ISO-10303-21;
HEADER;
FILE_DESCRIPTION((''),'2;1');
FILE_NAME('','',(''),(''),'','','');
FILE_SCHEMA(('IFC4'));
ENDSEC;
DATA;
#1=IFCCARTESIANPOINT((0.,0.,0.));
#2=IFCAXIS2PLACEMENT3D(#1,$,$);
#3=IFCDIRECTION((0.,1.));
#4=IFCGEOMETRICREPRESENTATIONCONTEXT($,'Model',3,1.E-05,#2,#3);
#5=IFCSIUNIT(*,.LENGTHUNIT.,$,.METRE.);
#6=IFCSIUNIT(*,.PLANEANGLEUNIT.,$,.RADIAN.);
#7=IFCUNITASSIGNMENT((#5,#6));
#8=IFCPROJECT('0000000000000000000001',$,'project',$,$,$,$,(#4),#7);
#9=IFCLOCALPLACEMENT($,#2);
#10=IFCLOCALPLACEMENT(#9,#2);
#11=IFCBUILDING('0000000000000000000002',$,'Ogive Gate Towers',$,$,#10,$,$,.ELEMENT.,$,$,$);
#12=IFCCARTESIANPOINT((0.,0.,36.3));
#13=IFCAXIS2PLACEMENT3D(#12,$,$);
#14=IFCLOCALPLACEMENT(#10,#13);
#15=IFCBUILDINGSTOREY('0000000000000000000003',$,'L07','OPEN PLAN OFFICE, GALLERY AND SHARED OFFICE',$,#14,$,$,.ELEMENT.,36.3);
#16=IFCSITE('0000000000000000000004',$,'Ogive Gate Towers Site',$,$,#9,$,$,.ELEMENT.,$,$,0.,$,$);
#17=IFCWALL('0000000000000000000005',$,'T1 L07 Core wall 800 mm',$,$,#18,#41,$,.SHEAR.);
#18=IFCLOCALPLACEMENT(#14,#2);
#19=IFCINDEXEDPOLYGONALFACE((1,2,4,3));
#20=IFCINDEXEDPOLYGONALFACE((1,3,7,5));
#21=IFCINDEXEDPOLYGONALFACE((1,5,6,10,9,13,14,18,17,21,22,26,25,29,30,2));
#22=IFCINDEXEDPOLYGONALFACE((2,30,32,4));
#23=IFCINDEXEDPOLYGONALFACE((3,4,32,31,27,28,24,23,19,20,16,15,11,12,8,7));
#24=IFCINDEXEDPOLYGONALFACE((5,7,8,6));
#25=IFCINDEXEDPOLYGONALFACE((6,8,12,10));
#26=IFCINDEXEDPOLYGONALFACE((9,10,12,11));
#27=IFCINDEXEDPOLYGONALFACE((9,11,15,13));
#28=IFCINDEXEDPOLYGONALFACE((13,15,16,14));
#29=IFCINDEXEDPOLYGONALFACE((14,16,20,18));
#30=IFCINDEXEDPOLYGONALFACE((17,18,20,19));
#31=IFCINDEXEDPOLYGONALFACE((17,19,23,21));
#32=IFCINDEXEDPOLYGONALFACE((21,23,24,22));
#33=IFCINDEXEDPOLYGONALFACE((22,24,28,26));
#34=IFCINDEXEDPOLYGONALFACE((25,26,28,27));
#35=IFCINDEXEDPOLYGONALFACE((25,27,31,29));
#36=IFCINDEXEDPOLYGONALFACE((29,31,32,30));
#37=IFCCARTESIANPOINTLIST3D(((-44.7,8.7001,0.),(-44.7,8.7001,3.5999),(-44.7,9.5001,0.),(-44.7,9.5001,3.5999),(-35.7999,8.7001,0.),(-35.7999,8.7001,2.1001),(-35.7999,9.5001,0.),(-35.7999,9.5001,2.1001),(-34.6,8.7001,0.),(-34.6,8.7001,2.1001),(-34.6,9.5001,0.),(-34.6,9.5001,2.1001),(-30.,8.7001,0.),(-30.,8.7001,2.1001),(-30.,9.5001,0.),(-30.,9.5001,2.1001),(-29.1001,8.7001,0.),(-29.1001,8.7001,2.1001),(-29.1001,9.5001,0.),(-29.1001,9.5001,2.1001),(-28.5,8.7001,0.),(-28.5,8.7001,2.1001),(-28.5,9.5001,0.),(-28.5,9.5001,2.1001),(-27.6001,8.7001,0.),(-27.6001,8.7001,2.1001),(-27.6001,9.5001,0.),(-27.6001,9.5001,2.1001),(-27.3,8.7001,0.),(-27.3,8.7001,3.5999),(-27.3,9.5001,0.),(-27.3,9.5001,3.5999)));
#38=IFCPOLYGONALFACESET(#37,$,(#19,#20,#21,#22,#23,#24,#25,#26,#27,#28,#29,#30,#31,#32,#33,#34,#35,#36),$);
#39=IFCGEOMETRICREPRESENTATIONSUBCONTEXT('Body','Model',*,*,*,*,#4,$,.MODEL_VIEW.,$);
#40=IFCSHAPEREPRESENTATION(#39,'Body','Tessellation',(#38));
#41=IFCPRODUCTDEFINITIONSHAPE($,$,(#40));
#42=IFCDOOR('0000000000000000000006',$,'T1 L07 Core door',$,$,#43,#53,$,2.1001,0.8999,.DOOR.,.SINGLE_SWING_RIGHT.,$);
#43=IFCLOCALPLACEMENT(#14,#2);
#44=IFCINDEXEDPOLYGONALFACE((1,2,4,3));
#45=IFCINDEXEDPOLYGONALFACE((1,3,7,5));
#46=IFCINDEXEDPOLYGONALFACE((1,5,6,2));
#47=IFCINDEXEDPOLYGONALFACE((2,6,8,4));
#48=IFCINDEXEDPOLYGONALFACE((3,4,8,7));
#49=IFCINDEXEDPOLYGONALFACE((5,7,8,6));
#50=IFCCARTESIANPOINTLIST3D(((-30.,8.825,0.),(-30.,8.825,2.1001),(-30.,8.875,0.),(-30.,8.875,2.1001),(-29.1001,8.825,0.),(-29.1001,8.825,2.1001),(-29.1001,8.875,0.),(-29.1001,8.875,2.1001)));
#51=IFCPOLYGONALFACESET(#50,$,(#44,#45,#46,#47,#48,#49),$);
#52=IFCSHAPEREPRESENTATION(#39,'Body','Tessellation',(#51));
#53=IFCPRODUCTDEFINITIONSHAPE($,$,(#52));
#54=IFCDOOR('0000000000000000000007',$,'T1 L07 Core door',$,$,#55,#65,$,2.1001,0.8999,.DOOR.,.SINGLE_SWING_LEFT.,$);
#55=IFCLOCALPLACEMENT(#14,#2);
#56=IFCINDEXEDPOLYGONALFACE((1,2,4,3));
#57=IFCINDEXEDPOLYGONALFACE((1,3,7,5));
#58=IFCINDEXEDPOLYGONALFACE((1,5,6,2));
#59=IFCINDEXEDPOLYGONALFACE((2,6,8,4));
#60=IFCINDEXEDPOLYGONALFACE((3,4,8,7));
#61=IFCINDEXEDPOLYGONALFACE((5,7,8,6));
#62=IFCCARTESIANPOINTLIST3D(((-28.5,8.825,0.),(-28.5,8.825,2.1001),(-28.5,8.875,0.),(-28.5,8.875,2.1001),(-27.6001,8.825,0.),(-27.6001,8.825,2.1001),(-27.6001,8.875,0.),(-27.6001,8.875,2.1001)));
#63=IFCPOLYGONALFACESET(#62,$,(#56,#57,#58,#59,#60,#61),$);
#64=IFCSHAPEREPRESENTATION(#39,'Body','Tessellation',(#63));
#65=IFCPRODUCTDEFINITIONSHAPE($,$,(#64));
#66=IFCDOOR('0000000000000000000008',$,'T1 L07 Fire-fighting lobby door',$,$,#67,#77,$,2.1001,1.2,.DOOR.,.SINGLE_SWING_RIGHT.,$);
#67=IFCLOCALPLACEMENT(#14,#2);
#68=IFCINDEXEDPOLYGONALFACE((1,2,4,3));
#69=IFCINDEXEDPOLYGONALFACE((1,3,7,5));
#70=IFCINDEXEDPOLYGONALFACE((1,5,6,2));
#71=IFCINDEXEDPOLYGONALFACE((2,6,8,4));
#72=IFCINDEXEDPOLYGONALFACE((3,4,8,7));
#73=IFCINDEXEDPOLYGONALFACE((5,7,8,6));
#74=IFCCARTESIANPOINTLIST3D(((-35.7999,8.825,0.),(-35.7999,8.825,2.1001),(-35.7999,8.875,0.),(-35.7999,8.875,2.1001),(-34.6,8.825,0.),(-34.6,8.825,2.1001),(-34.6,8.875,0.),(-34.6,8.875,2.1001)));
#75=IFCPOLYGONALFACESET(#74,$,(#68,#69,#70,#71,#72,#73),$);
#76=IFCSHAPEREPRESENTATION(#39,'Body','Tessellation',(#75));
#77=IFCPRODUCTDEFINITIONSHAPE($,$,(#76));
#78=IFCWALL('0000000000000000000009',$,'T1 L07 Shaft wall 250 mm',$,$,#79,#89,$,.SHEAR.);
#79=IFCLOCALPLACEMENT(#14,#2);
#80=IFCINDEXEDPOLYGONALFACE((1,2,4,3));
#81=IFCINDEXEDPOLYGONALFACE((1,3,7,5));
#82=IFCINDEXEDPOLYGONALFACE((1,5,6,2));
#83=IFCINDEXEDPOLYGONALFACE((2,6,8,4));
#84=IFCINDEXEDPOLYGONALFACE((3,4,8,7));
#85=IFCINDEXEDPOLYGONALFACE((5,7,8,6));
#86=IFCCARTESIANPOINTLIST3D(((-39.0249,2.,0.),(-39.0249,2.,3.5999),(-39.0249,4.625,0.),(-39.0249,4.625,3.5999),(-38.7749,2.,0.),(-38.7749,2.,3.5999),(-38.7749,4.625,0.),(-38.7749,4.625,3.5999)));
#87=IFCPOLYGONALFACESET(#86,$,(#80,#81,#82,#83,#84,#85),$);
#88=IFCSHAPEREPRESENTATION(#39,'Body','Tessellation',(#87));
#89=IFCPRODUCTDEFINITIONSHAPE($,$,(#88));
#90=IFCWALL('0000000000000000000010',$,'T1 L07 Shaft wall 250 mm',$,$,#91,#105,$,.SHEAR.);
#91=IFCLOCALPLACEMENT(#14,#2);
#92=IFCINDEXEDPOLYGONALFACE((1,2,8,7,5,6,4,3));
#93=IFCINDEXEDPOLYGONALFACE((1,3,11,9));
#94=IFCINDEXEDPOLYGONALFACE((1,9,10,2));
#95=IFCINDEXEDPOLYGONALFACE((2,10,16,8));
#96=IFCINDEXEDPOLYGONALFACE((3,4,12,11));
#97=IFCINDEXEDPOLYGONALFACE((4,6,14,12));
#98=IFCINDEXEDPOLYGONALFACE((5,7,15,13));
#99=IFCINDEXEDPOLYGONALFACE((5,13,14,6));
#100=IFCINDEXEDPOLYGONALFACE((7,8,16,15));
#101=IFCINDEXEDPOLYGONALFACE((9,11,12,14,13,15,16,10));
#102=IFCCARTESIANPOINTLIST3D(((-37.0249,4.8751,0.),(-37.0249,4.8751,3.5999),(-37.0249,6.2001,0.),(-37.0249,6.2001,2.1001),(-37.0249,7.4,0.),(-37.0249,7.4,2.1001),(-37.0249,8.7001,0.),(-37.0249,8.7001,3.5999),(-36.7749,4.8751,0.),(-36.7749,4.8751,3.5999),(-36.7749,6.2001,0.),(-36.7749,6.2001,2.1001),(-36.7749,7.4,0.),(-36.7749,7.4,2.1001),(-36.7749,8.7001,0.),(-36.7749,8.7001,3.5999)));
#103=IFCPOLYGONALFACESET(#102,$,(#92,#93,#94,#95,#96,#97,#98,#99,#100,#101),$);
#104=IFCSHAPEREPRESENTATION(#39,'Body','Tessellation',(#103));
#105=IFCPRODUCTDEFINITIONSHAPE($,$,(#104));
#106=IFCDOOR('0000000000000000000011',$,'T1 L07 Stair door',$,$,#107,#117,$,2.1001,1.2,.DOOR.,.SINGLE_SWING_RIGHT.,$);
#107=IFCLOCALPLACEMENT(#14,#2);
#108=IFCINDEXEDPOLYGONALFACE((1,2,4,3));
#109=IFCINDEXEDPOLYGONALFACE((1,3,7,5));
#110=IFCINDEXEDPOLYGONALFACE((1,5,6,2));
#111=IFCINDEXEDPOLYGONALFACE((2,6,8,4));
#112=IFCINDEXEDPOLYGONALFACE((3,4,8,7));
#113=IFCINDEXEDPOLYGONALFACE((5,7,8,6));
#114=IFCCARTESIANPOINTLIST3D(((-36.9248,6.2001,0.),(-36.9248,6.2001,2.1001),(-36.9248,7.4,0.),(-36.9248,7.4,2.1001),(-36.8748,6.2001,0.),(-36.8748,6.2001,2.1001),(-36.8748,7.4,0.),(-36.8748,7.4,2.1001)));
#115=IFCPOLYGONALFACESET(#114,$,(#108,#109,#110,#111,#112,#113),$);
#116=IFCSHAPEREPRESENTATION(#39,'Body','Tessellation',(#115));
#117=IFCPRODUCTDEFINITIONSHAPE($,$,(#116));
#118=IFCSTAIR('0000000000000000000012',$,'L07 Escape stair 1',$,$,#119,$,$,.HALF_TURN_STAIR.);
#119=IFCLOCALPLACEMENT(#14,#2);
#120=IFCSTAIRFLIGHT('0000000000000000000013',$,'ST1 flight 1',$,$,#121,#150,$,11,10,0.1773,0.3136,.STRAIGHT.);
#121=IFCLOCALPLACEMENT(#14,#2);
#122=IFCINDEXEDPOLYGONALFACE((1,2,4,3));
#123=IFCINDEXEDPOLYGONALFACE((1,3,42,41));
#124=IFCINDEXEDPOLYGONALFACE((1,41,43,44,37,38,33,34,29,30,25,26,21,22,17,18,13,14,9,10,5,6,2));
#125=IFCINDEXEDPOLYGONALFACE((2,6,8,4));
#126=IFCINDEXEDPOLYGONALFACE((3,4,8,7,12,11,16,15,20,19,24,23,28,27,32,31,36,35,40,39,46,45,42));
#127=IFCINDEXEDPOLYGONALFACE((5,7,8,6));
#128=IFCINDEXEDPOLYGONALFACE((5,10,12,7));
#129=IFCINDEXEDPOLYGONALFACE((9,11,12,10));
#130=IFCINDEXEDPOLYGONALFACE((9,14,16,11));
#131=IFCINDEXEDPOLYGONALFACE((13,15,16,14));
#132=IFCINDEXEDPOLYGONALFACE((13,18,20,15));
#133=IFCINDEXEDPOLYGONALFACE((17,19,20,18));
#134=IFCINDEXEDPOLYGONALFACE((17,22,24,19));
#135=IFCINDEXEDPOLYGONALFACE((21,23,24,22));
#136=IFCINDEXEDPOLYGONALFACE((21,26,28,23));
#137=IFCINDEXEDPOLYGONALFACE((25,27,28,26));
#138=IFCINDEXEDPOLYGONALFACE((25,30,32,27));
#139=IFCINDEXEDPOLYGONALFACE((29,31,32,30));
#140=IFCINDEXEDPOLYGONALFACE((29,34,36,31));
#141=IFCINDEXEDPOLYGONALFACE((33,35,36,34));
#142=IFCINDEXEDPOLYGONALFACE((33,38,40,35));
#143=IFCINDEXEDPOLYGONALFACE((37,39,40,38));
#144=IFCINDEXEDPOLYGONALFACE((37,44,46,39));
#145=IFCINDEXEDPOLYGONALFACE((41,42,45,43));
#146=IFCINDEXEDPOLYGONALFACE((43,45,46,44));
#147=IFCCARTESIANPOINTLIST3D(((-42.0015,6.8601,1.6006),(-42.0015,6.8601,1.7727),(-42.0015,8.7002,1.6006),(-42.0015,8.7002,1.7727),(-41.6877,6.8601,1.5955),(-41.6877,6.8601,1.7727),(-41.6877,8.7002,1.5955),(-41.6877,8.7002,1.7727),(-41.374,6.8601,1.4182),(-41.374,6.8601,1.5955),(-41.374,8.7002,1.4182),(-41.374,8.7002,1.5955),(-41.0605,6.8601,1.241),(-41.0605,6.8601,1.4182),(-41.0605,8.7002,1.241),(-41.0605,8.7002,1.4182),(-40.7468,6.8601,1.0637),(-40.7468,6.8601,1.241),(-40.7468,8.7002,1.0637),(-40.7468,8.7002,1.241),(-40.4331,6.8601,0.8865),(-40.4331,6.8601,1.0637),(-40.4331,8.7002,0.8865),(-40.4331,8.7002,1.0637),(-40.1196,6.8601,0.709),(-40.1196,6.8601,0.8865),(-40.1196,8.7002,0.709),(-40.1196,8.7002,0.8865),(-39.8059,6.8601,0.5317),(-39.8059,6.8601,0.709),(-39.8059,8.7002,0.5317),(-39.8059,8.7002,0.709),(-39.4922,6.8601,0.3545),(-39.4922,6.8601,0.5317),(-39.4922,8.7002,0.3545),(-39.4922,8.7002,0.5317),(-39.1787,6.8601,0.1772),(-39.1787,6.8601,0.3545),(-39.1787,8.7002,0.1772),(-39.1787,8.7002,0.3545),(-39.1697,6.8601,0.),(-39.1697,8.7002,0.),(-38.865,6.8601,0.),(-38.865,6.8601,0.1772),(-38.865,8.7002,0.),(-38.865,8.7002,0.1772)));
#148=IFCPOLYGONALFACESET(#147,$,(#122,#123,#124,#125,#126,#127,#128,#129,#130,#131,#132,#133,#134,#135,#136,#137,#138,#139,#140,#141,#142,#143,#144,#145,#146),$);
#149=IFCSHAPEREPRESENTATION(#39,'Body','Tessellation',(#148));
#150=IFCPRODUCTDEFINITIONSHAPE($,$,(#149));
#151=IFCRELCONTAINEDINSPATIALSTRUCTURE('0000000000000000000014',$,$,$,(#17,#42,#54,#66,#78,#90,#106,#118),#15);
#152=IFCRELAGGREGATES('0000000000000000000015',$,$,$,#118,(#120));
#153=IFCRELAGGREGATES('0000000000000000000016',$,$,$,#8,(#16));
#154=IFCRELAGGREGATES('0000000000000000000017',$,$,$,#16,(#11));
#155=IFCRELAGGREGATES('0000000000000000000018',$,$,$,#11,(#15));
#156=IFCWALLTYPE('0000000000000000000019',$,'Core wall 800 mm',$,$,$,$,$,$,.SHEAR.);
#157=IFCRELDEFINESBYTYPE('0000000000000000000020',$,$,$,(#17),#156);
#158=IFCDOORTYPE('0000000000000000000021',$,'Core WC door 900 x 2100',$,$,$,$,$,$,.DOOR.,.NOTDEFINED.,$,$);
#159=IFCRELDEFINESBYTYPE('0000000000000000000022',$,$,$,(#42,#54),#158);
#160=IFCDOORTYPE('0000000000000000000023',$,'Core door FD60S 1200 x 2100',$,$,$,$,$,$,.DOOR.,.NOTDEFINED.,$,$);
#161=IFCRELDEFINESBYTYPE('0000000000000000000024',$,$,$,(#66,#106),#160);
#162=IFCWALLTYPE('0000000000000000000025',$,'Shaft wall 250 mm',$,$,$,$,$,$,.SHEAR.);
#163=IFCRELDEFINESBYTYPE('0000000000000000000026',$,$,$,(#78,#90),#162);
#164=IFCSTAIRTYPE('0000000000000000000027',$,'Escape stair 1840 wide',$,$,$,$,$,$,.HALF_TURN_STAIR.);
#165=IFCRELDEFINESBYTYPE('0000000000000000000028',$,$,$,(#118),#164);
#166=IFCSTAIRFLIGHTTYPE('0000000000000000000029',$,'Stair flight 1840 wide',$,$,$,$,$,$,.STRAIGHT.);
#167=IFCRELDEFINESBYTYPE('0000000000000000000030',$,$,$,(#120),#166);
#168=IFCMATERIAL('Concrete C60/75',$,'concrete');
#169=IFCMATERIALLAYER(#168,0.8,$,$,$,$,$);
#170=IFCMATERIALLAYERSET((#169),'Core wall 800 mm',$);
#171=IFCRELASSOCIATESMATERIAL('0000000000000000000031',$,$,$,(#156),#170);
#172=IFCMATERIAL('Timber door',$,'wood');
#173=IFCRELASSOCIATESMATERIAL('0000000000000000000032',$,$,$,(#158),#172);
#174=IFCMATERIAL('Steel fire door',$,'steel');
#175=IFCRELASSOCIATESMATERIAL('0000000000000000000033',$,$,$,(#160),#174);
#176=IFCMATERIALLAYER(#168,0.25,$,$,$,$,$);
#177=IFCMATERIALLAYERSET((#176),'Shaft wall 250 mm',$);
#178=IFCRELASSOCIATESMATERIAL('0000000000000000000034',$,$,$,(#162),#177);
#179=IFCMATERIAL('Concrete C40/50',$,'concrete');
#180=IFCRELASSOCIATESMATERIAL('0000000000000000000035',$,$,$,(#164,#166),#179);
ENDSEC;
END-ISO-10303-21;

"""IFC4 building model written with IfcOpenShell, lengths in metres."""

from ifc_helpers import new_model, si_unit, direction, frame, frame_2d, origin, place, context, subcontext, project, spatial, polyline, rectangle, outline, extrude, material, layer, layer_set, type_object, element, fill, aggregate, save


model = new_model("IFC4")

# Units and contexts
model_context = context("Model", 3, precision=1e-05, world=origin(), true_north=direction((0.0, 1.0)))
body_context = subcontext(model_context, "Body", "Model", "MODEL_VIEW")
ifc_project = project(units=[si_unit("LENGTHUNIT", "METRE"), si_unit("PLANEANGLEUNIT", "RADIAN")], contexts=[model_context])

# Site, building, storey
site_placement = place(None, origin())
site = spatial("IfcSite", under=ifc_project, at=site_placement, Name="Ogive Gate Towers Site", CompositionType="ELEMENT", RefElevation=0.0)
building_placement = place(site_placement, origin())
building = spatial("IfcBuilding", under=site, at=building_placement, Name="Ogive Gate Towers", CompositionType="ELEMENT")
storey_placement = place(building_placement, frame((0.0, 0.0, 36.3)))
storey = spatial("IfcBuildingStorey", under=building, at=storey_placement, Name="L07", Description="OPEN PLAN OFFICE, GALLERY AND SHARED OFFICE", CompositionType="ELEMENT", Elevation=36.3)

# Shared definitions
ifc_material_1 = material(Name="Timber door", Category="wood")

# Wall, openings, doors
ifc_material_2 = material(Name="Concrete C60/75", Category="concrete")
ifc_layer_1 = layer(ifc_material_2, 0.8)
ifc_layer_set_1 = layer_set([ifc_layer_1], Name="Core wall 800 mm")
wall_type_1 = type_object("IfcWallType", Name="Core wall 800 mm", PredefinedType="SHEAR", material=ifc_layer_set_1)
wall_1_placement = place(storey_placement, frame((-44.7, 9.1001, 0.0), z_axis=(0.0, 0.0, 1.0), x_axis=(1.0, 0.0, 0.0)))
wall_1 = element("IfcWall", 1, at=wall_1_placement, inside=storey, type_object=wall_type_1, Name="T1 L07 Core wall 800 mm", PredefinedType="SHEAR", context=body_context, shape_type="SweptSolid", body=[
    extrude(rectangle(XDim=17.3999, YDim=0.8, at=frame_2d((8.7, 0.0))), origin(), (0.0, 0.0, 1.0), 3.5999),
])
opening_1_placement = place(wall_1_placement, frame((8.8999, 0.0, 0.0)))
opening_1 = element("IfcOpeningElement", 2, at=opening_1_placement, cuts=wall_1, PredefinedType="OPENING", context=body_context, shape_type="SweptSolid", body=[
    extrude(rectangle(XDim=1.2, YDim=2.1001, at=frame_2d((0.6001, 1.05))), frame((0.0, 0.4102, 0.0), z_axis=(0.0, -1.0, 0.0), x_axis=(1.0, 0.0, 0.0)), (0.0, 0.0, 1.0), 0.8201),
])
opening_2_placement = place(wall_1_placement, frame((14.7, 0.0, 0.0)))
opening_2 = element("IfcOpeningElement", 3, at=opening_2_placement, cuts=wall_1, PredefinedType="OPENING", context=body_context, shape_type="SweptSolid", body=[
    extrude(rectangle(XDim=0.8999, YDim=2.1001, at=frame_2d((0.45, 1.05))), frame((0.0, 0.4102, 0.0), z_axis=(0.0, -1.0, 0.0), x_axis=(1.0, 0.0, 0.0)), (0.0, 0.0, 1.0), 0.8201),
])
opening_3_placement = place(wall_1_placement, frame((16.2, 0.0, 0.0)))
opening_3 = element("IfcOpeningElement", 4, at=opening_3_placement, cuts=wall_1, PredefinedType="OPENING", context=body_context, shape_type="SweptSolid", body=[
    extrude(rectangle(XDim=0.8999, YDim=2.1001, at=frame_2d((0.45, 1.05))), frame((0.0, 0.4102, 0.0), z_axis=(0.0, -1.0, 0.0), x_axis=(1.0, 0.0, 0.0)), (0.0, 0.0, 1.0), 0.8201),
])
door_type_1 = type_object("IfcDoorType", Name="Core WC door 900 x 2100", OperationType="NOTDEFINED", PredefinedType="DOOR", material=ifc_material_1)
door_1_placement = place(opening_2_placement, origin())
door_1 = element("IfcDoor", 5, at=door_1_placement, inside=storey, type_object=door_type_1, Name="T1 L07 Core door", OperationType="SINGLE_SWING_RIGHT", OverallHeight=2.1001, OverallWidth=0.8999, PredefinedType="DOOR", context=body_context, shape_type="SweptSolid", body=[
    extrude(rectangle(XDim=0.8999, YDim=2.1001, at=frame_2d((0.45, 1.05))), frame((0.0, -0.2251, 0.0), z_axis=(0.0, -1.0, 0.0), x_axis=(1.0, 0.0, 0.0)), (0.0, 0.0, 1.0), 0.05),
])
fill(opening_2, door_1)
door_2_placement = place(opening_3_placement, origin())
door_2 = element("IfcDoor", 6, at=door_2_placement, inside=storey, type_object=door_type_1, Name="T1 L07 Core door", OperationType="SINGLE_SWING_LEFT", OverallHeight=2.1001, OverallWidth=0.8999, PredefinedType="DOOR", context=body_context, shape_type="SweptSolid", body=[
    extrude(rectangle(XDim=0.8999, YDim=2.1001, at=frame_2d((0.45, 1.05))), frame((0.0, -0.2251, 0.0), z_axis=(0.0, -1.0, 0.0), x_axis=(1.0, 0.0, 0.0)), (0.0, 0.0, 1.0), 0.05),
])
fill(opening_3, door_2)
ifc_material_3 = material(Name="Steel fire door", Category="steel")
door_type_2 = type_object("IfcDoorType", Name="Core door FD60S 1200 x 2100", OperationType="NOTDEFINED", PredefinedType="DOOR", material=ifc_material_3)
door_3_placement = place(opening_1_placement, origin())
door_3 = element("IfcDoor", 7, at=door_3_placement, inside=storey, type_object=door_type_2, Name="T1 L07 Fire-fighting lobby door", OperationType="SINGLE_SWING_RIGHT", OverallHeight=2.1001, OverallWidth=1.2, PredefinedType="DOOR", context=body_context, shape_type="SweptSolid", body=[
    extrude(rectangle(XDim=1.2, YDim=2.1001, at=frame_2d((0.6001, 1.05))), frame((0.0, -0.2251, 0.0), z_axis=(0.0, -1.0, 0.0), x_axis=(1.0, 0.0, 0.0)), (0.0, 0.0, 1.0), 0.05),
])
fill(opening_1, door_3)

# Wall
ifc_layer_2 = layer(ifc_material_2, 0.25)
ifc_layer_set_2 = layer_set([ifc_layer_2], Name="Shaft wall 250 mm")
wall_type_2 = type_object("IfcWallType", Name="Shaft wall 250 mm", PredefinedType="SHEAR", material=ifc_layer_set_2)
wall_2_placement = place(storey_placement, frame((-38.8999, 2.0, 0.0), z_axis=(0.0, 0.0, 1.0), x_axis=(0.0, 1.0, 0.0)))
element("IfcWall", 8, at=wall_2_placement, inside=storey, type_object=wall_type_2, Name="T1 L07 Shaft wall 250 mm", PredefinedType="SHEAR", context=body_context, shape_type="SweptSolid", body=[
    extrude(rectangle(XDim=2.625, YDim=0.25, at=frame_2d((1.3125, 0.0))), origin(), (0.0, 0.0, 1.0), 3.5999),
])

# Wall, opening, door
wall_3_placement = place(storey_placement, frame((-36.8999, 4.875, 0.0), z_axis=(0.0, 0.0, 1.0), x_axis=(0.0, 1.0, 0.0)))
wall_3 = element("IfcWall", 9, at=wall_3_placement, inside=storey, type_object=wall_type_2, Name="T1 L07 Shaft wall 250 mm", PredefinedType="SHEAR", context=body_context, shape_type="SweptSolid", body=[
    extrude(rectangle(XDim=3.825, YDim=0.25, at=frame_2d((1.9126, 0.0))), origin(), (0.0, 0.0, 1.0), 3.5999),
])
opening_4_placement = place(wall_3_placement, frame((1.325, 0.0, 0.0)))
opening_4 = element("IfcOpeningElement", 10, at=opening_4_placement, cuts=wall_3, PredefinedType="OPENING", context=body_context, shape_type="SweptSolid", body=[
    extrude(rectangle(XDim=1.2, YDim=2.1001, at=frame_2d((0.6001, 1.05))), frame((0.0, 0.135, 0.0), z_axis=(0.0, -1.0, 0.0), x_axis=(1.0, 0.0, 0.0)), (0.0, 0.0, 1.0), 0.27),
])
door_4_placement = place(opening_4_placement, origin())
door_4 = element("IfcDoor", 11, at=door_4_placement, inside=storey, type_object=door_type_2, Name="T1 L07 Stair door", OperationType="SINGLE_SWING_RIGHT", OverallHeight=2.1001, OverallWidth=1.2, PredefinedType="DOOR", context=body_context, shape_type="SweptSolid", body=[
    extrude(rectangle(XDim=1.2, YDim=2.1001, at=frame_2d((0.6001, 1.05))), frame((0.0, 0.0249, 0.0), z_axis=(0.0, -1.0, 0.0), x_axis=(1.0, 0.0, 0.0)), (0.0, 0.0, 1.0), 0.05),
])
fill(opening_4, door_4)

# Stair, stair flight
ifc_material_4 = material(Name="Concrete C40/50", Category="concrete")
stair_type = type_object("IfcStairType", Name="Escape stair 1840 wide", PredefinedType="HALF_TURN_STAIR", material=ifc_material_4)
stair_placement = place(storey_placement, origin())
stair = element("IfcStair", 12, at=stair_placement, inside=storey, type_object=stair_type, Name="L07 Escape stair 1", PredefinedType="HALF_TURN_STAIR")
stair_flight_type = type_object("IfcStairFlightType", Name="Stair flight 1840 wide", PredefinedType="STRAIGHT", material=ifc_material_4)
stair_flight_1_placement = place(storey_placement, frame((-38.865, 7.78, 0.0), z_axis=(0.0, 0.0, 1.0), x_axis=(-1.0, 0.0, 0.0)))
stair_flight_1 = element("IfcStairFlight", 13, at=stair_flight_1_placement, type_object=stair_flight_type, Name="ST1 flight 1", NumberOfRisers=11, NumberOfTreads=10, PredefinedType="STRAIGHT", RiserHeight=0.1773, TreadLength=0.3136, context=body_context, shape_type="SweptSolid", body=[
    extrude(outline(polyline([(0.0, 0.0), (0.0, 0.1772), (0.3137, 0.1772), (0.3137, 0.3545), (0.6272, 0.3545), (0.6272, 0.5317), (0.9409, 0.5317), (0.9409, 0.709), (1.2546, 0.709), (1.2546, 0.8865), (1.5681, 0.8865), (1.5681, 1.0637), (1.8818, 1.0637), (1.8818, 1.241), (2.1956, 1.241), (2.1956, 1.4182), (2.509, 1.4182), (2.509, 1.5955), (2.8228, 1.5955), (2.8228, 1.7727), (3.1365, 1.7727), (3.1365, 1.95), (3.1365, 1.6006), (0.3047, 0.0), (0.0, 0.0)])), frame((0.0, 0.9199, 0.0), z_axis=(0.0, -1.0, 0.0), x_axis=(1.0, 0.0, 0.0)), (0.0, 0.0, 1.0), 1.8401),
])
aggregate(stair, [stair_flight_1])

save(model, "model.ifc")
